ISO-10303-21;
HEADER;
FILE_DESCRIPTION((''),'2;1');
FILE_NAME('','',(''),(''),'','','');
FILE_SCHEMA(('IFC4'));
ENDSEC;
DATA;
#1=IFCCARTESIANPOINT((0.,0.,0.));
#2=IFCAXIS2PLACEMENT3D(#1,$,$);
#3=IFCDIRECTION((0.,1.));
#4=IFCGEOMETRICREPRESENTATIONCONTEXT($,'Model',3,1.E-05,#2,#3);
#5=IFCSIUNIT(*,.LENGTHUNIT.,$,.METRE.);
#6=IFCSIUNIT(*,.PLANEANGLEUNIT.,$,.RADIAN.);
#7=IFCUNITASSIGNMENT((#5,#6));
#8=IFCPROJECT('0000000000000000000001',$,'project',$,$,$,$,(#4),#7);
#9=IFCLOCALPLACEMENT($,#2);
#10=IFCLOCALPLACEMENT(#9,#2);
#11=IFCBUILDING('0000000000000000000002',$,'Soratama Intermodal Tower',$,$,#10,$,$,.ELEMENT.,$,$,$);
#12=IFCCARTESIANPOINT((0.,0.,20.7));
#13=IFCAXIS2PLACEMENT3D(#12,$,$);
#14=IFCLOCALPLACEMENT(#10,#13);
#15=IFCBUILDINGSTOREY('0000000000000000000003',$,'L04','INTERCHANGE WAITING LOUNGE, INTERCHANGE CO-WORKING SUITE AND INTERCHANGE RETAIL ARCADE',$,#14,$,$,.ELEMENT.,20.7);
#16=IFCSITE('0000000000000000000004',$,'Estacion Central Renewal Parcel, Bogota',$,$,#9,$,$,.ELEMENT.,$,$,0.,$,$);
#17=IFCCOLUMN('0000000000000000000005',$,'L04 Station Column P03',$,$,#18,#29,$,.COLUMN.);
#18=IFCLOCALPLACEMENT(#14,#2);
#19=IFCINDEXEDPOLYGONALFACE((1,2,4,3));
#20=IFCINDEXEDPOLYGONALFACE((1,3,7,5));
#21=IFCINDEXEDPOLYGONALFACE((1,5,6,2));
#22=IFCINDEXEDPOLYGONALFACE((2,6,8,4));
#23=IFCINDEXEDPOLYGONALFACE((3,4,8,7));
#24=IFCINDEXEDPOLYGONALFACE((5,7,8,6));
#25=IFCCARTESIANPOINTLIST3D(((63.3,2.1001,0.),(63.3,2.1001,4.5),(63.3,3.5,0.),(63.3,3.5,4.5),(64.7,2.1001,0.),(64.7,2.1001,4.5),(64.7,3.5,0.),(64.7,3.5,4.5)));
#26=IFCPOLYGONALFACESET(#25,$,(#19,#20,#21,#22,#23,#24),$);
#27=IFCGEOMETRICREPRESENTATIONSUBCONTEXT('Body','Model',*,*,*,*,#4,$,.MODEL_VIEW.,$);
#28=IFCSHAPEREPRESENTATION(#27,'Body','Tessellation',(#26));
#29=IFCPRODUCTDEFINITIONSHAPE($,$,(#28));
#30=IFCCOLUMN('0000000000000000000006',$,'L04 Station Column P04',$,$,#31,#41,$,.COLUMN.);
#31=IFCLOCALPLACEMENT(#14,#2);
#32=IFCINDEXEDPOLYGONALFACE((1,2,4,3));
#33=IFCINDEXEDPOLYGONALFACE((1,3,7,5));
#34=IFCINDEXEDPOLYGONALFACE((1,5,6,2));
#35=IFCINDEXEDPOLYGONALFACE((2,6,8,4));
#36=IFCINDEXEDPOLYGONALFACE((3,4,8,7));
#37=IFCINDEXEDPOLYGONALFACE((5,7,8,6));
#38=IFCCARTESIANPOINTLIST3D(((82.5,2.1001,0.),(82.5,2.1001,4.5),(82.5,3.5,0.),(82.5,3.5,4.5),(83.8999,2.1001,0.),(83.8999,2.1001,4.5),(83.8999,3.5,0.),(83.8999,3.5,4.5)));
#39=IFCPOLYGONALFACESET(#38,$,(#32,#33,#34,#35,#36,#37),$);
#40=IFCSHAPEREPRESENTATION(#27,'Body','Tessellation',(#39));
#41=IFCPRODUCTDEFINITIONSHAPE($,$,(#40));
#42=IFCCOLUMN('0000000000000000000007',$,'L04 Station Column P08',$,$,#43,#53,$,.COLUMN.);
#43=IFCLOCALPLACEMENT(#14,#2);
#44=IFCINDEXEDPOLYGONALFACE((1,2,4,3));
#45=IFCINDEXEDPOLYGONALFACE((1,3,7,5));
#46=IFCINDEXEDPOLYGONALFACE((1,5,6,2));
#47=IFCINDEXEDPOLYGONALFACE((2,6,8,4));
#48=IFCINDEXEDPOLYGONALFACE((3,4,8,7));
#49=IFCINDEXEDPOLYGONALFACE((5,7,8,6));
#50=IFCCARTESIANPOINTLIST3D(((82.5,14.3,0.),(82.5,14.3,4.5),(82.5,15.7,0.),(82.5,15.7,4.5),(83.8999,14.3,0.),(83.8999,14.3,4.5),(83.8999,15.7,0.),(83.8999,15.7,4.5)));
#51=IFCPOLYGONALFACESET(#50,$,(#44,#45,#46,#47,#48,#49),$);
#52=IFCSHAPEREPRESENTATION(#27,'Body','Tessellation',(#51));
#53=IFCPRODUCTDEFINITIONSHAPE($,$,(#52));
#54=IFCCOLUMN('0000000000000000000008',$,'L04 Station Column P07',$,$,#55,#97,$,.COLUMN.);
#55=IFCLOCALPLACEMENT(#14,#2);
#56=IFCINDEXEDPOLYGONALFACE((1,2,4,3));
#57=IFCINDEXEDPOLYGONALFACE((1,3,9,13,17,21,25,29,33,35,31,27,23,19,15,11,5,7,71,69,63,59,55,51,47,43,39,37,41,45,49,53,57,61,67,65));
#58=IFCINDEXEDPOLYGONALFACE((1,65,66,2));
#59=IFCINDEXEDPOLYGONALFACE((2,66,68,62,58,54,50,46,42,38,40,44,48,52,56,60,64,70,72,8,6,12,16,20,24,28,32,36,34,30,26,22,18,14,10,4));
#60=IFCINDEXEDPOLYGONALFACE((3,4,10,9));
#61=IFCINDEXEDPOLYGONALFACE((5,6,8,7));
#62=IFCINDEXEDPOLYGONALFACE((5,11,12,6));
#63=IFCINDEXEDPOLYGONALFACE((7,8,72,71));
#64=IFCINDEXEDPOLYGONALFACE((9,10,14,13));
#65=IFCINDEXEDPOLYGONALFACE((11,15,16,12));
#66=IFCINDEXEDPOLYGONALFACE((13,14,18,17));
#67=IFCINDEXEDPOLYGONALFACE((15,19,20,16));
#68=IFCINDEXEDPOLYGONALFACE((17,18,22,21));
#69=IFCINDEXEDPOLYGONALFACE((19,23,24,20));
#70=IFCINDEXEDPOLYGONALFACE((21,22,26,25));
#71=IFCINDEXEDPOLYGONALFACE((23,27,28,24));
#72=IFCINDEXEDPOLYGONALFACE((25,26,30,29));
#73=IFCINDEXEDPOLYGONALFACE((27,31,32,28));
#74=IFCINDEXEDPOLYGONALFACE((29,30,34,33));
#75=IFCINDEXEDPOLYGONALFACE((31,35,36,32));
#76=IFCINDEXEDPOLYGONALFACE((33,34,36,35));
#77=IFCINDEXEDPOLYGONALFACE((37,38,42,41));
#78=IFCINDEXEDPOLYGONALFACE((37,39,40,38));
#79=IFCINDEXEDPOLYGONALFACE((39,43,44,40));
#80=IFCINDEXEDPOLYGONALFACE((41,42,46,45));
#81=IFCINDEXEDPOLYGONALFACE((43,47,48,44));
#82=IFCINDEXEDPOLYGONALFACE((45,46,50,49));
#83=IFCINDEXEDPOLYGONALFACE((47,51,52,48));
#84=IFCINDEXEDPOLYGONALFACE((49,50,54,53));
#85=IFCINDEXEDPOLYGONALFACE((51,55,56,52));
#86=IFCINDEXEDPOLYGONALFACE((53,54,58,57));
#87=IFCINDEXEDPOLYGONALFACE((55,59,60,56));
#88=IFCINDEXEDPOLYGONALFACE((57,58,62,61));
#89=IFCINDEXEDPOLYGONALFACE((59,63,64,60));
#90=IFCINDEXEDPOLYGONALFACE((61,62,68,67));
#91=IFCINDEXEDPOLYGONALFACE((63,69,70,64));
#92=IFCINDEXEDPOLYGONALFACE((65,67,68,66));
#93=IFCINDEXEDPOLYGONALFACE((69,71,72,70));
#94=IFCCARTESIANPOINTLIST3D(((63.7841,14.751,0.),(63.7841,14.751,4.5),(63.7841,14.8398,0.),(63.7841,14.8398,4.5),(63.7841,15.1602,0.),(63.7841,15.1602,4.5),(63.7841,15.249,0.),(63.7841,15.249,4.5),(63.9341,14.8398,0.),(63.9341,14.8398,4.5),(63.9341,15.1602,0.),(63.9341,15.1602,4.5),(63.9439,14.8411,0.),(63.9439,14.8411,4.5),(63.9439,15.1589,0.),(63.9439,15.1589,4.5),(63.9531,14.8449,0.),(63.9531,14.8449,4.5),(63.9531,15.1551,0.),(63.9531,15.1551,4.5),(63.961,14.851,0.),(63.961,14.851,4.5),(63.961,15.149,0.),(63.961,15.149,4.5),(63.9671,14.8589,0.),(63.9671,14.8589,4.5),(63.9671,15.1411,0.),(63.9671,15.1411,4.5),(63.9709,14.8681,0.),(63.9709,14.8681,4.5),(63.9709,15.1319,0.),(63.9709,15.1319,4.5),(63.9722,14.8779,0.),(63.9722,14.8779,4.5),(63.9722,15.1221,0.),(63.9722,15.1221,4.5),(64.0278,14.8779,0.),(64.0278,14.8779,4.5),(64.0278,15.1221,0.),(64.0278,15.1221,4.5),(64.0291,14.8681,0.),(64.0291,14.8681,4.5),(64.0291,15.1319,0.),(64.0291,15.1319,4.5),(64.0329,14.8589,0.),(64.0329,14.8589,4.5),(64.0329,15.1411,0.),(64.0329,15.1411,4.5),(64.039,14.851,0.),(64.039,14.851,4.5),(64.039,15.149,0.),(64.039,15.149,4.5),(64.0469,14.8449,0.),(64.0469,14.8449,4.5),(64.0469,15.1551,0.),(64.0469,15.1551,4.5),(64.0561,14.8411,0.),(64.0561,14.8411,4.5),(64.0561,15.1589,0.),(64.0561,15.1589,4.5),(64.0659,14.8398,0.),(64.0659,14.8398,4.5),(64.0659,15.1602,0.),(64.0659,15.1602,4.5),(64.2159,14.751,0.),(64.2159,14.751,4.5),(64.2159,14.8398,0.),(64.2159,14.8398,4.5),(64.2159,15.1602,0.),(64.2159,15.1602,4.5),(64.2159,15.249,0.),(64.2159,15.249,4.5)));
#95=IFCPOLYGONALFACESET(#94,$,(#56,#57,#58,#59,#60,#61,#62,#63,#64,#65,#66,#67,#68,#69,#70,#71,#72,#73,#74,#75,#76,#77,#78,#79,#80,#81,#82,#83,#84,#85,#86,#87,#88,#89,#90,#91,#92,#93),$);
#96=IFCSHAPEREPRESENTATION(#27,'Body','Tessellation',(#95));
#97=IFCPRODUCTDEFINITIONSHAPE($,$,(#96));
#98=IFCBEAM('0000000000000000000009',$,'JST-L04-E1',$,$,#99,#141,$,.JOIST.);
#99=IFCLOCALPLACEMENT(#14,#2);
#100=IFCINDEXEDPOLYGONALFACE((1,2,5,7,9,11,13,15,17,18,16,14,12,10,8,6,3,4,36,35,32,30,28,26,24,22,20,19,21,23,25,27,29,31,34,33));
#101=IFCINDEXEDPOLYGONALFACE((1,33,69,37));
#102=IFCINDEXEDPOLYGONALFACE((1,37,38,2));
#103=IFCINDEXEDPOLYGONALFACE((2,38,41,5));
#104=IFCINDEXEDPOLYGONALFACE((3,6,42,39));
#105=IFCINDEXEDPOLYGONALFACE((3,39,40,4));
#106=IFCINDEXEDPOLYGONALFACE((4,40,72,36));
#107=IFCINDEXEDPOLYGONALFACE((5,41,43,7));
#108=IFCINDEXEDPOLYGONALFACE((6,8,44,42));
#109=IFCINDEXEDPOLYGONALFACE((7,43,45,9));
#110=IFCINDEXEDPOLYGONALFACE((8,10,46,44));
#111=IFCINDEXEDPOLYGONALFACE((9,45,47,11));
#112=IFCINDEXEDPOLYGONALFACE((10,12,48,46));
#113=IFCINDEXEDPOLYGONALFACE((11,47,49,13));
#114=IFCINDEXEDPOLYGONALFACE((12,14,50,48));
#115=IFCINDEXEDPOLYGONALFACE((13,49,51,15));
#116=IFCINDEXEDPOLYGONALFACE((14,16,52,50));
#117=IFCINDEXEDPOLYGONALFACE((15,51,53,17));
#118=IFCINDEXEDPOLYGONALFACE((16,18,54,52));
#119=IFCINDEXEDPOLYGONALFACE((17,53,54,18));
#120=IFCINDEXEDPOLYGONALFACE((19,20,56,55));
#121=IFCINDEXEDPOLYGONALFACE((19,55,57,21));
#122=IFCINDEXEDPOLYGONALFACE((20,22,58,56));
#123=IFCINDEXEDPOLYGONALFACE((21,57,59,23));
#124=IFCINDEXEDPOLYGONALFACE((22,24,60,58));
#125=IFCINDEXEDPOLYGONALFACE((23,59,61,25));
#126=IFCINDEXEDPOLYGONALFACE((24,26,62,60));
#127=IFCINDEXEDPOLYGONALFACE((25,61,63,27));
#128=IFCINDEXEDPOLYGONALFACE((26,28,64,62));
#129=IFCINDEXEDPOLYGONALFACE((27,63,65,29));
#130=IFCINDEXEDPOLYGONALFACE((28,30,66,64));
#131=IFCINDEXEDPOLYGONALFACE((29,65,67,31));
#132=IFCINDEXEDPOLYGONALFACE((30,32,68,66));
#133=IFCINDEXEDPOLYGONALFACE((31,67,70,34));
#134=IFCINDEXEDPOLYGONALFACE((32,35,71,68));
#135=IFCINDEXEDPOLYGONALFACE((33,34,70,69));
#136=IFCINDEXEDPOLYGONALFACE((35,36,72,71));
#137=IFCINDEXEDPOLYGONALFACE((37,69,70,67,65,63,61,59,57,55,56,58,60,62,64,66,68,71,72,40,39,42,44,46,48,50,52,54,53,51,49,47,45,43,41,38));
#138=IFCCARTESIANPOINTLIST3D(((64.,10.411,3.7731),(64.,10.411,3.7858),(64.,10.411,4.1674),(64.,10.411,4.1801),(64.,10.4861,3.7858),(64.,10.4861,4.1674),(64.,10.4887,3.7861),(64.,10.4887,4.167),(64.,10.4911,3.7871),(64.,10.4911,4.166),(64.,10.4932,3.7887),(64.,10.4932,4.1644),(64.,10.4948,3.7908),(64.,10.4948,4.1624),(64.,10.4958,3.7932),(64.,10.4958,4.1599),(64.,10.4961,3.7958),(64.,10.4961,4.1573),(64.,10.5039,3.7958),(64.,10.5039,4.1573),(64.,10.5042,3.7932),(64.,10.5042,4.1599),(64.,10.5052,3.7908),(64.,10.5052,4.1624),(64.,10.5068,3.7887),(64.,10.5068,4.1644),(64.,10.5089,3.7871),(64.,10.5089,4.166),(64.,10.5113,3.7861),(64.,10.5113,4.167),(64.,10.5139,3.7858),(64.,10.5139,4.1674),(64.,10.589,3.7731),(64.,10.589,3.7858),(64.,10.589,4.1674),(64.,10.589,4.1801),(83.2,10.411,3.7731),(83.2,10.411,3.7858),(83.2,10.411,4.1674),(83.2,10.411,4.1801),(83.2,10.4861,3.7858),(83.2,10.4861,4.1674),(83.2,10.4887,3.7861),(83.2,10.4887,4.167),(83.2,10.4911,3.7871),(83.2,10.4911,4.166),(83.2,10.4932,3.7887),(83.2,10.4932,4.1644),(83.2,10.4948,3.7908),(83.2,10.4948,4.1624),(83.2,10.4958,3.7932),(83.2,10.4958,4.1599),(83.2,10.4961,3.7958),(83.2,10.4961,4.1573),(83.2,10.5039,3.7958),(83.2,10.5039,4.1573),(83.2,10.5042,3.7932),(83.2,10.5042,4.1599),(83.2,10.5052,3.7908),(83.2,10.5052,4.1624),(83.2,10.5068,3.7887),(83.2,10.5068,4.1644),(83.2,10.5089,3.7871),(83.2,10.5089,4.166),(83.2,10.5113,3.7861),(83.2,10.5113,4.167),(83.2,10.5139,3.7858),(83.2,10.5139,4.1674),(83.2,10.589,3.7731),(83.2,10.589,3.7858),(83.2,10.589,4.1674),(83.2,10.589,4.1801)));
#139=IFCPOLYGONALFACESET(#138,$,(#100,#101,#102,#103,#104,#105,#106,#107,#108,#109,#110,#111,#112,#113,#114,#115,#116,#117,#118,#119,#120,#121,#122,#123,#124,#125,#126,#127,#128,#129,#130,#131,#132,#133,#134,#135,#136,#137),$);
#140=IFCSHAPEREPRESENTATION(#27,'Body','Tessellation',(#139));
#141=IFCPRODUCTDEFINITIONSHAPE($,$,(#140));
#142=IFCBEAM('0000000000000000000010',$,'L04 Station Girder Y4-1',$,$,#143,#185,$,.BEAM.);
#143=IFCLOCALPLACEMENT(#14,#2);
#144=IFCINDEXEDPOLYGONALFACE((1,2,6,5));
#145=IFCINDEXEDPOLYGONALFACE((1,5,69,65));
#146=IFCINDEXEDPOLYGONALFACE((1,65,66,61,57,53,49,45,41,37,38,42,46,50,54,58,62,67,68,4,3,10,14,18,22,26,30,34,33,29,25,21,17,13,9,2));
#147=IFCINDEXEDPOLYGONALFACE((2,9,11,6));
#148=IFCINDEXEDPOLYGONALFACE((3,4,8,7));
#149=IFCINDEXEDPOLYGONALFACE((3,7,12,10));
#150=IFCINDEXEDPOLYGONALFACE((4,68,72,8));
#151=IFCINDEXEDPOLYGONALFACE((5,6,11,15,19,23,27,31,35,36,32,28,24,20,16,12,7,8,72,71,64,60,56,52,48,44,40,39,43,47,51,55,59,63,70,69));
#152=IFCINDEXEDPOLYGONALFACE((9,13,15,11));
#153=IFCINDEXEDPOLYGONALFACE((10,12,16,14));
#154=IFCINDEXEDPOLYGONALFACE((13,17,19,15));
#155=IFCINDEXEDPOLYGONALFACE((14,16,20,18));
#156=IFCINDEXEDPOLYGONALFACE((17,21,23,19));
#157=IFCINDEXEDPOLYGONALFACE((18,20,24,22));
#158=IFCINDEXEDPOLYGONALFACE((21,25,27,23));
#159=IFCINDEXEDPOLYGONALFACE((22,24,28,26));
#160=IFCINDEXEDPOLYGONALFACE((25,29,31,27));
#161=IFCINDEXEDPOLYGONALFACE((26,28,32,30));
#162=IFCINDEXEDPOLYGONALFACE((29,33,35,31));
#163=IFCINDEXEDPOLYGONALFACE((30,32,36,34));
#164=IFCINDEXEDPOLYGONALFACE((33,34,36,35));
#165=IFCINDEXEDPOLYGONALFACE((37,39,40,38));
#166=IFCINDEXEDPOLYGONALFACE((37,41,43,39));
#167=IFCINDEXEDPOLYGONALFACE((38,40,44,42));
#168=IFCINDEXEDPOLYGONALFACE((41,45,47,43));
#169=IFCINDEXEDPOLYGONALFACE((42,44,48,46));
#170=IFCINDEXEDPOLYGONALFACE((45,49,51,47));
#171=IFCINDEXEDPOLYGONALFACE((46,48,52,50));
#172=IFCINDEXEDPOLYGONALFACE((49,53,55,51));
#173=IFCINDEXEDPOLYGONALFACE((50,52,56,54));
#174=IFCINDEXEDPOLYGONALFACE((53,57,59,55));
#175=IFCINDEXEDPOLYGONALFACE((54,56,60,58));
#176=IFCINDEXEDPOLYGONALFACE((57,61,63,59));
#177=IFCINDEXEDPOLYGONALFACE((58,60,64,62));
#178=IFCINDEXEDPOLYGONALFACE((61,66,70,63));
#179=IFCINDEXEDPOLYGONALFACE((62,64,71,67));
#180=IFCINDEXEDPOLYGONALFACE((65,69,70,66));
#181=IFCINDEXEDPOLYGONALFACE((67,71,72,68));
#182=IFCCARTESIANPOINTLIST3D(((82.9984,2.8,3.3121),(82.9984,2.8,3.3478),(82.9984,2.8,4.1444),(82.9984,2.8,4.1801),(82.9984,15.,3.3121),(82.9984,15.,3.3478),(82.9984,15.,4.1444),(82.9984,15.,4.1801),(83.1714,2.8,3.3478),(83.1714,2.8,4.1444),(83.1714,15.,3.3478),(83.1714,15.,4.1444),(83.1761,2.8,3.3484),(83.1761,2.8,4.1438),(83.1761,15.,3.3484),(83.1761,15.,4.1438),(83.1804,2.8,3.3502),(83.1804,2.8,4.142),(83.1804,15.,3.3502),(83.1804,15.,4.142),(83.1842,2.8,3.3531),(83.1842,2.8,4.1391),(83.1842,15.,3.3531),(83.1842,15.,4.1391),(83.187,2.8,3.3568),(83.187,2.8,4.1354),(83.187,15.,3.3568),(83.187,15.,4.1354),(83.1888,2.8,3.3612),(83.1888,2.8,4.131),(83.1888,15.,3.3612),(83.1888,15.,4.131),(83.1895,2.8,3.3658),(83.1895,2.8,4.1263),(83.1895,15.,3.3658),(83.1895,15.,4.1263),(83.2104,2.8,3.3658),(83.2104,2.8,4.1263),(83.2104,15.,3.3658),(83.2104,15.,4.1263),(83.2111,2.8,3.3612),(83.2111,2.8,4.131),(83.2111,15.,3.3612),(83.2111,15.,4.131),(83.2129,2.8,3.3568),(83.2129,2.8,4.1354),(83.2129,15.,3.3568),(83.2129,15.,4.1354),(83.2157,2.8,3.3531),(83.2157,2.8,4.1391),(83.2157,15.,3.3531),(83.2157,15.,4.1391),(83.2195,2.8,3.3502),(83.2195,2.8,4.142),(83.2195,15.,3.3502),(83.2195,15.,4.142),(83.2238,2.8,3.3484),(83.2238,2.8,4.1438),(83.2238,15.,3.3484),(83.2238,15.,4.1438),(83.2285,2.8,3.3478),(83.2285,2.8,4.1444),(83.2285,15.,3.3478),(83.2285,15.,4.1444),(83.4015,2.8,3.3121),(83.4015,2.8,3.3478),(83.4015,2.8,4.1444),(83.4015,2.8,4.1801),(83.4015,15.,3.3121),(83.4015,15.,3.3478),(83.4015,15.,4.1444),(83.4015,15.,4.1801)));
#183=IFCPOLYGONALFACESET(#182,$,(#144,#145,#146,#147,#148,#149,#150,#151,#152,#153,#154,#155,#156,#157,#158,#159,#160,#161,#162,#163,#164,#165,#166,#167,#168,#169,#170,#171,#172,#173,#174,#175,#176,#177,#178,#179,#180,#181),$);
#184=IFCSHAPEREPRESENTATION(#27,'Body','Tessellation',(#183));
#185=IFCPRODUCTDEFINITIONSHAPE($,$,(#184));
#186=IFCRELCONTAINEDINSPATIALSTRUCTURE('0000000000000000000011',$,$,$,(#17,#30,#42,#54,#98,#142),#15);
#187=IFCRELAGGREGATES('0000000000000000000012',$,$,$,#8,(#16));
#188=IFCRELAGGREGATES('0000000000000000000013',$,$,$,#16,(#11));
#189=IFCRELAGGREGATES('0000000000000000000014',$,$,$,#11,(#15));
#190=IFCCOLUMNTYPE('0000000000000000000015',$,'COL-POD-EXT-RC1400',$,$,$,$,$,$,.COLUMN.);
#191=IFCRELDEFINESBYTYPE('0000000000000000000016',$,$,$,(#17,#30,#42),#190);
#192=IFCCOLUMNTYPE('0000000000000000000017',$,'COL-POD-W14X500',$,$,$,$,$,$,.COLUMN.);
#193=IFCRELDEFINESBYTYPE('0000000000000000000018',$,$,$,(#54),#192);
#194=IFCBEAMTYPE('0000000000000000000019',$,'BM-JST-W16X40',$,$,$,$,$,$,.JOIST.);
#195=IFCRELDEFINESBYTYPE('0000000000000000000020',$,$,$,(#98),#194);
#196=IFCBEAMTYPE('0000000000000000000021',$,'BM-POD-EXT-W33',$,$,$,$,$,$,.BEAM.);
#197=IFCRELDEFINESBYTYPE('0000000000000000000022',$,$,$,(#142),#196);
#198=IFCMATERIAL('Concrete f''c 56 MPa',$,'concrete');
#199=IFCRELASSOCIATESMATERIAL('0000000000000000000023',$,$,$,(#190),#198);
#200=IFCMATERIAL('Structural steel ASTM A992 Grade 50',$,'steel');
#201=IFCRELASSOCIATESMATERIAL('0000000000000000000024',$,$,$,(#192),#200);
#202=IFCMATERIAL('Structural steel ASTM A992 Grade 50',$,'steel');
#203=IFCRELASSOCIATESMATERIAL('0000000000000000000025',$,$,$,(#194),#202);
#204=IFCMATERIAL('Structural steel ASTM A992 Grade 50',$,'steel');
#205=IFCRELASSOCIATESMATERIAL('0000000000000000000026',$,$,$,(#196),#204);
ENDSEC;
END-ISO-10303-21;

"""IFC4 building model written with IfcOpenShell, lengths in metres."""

from ifc_helpers import new_model, si_unit, direction, frame, origin, origin_2d, place, context, subcontext, project, spatial, rectangle, i_section, extrude, material, material_profile, profile_set, type_object, element, save


model = new_model("IFC4")

# Units and contexts
model_context = context("Model", 3, precision=1e-05, world=origin(), true_north=direction((0.0, 1.0)))
body_context = subcontext(model_context, "Body", "Model", "MODEL_VIEW")
ifc_project = project(units=[si_unit("LENGTHUNIT", "METRE"), si_unit("PLANEANGLEUNIT", "RADIAN")], contexts=[model_context])

# Site, building, storey
site_placement = place(None, origin())
site = spatial("IfcSite", under=ifc_project, at=site_placement, Name="Estacion Central Renewal Parcel, Bogota", CompositionType="ELEMENT", RefElevation=0.0)
building_placement = place(site_placement, origin())
building = spatial("IfcBuilding", under=site, at=building_placement, Name="Soratama Intermodal Tower", CompositionType="ELEMENT")
storey_placement = place(building_placement, frame((0.0, 0.0, 20.7)))
storey = spatial("IfcBuildingStorey", under=building, at=storey_placement, Name="L04", Description="INTERCHANGE WAITING LOUNGE, INTERCHANGE CO-WORKING SUITE AND INTERCHANGE RETAIL ARCADE", CompositionType="ELEMENT", Elevation=20.7)

# Columns
ifc_material_1 = material(Name="Concrete f'c 56 MPa", Category="concrete")
ifc_material_profile_1 = material_profile(ifc_material_1, rectangle(XDim=1.3999, YDim=1.3999, at=origin_2d()), Name="RC1400X1400")
ifc_profile_set_1 = profile_set([ifc_material_profile_1], Name="Concrete f'c 56 MPa")
column_type_1 = type_object("IfcColumnType", Name="COL-POD-EXT-RC1400", PredefinedType="COLUMN", material=ifc_profile_set_1)
for number, where, z_axis, x_axis, name in (
    (1, (64.0, 2.8, 0.0), (0.0, 0.0, 1.0), (1.0, 0.0, 0.0), "L04 Station Column P03"),
    (2, (83.2, 2.8, 0.0), (0.0, 0.0, 1.0), (1.0, 0.0, 0.0), "L04 Station Column P04"),
    (3, (83.2, 15.0, 0.0), (0.0, 0.0, 1.0), (1.0, 0.0, 0.0), "L04 Station Column P08"),
):
    element("IfcColumn", number, at=place(storey_placement, frame(where, z_axis=z_axis, x_axis=x_axis)), inside=storey, type_object=column_type_1, Name=name, PredefinedType="COLUMN", context=body_context, shape_type="SweptSolid", body=[
        extrude(rectangle(XDim=1.3999, YDim=1.3999, at=origin_2d()), origin(), (0.0, 0.0, 1.0), 4.5),
    ])
ifc_material_2 = material(Name="Structural steel ASTM A992 Grade 50", Category="steel")
ifc_material_profile_2 = material_profile(ifc_material_2, i_section(OverallWidth=0.4319, OverallDepth=0.498, WebThickness=0.0557, FlangeThickness=0.0889, FilletRadius=0.0381, at=origin_2d()), Name="W14X500")
ifc_profile_set_2 = profile_set([ifc_material_profile_2], Name="Structural steel ASTM A992 Grade 50")
column_type_2 = type_object("IfcColumnType", Name="COL-POD-W14X500", PredefinedType="COLUMN", material=ifc_profile_set_2)
column_placement = place(storey_placement, frame((64.0, 15.0, 0.0), z_axis=(0.0, 0.0, 1.0), x_axis=(1.0, 0.0, 0.0)))
element("IfcColumn", 4, at=column_placement, inside=storey, type_object=column_type_2, Name="L04 Station Column P07", PredefinedType="COLUMN", context=body_context, shape_type="SweptSolid", body=[
    extrude(i_section(OverallWidth=0.4319, OverallDepth=0.498, WebThickness=0.0557, FlangeThickness=0.0889, FilletRadius=0.0381, at=origin_2d()), origin(), (0.0, 0.0, 1.0), 4.5),
])

# Beams
ifc_material_3 = material(Name="Structural steel ASTM A992 Grade 50", Category="steel")
ifc_material_profile_3 = material_profile(ifc_material_3, i_section(OverallWidth=0.178, OverallDepth=0.407, WebThickness=0.0078, FlangeThickness=0.0127, FilletRadius=0.01, at=origin_2d()), Name="W16X40")
ifc_profile_set_3 = profile_set([ifc_material_profile_3], Name="Structural steel ASTM A992 Grade 50")
beam_type_1 = type_object("IfcBeamType", Name="BM-JST-W16X40", PredefinedType="JOIST", material=ifc_profile_set_3)
beam_1_placement = place(storey_placement, frame((64.0, 10.5, 3.9766), z_axis=(1.0, 0.0, 0.0), x_axis=(0.0, 1.0, 0.0)))
element("IfcBeam", 5, at=beam_1_placement, inside=storey, type_object=beam_type_1, Name="JST-L04-E1", PredefinedType="JOIST", context=body_context, shape_type="SweptSolid", body=[
    extrude(i_section(OverallWidth=0.178, OverallDepth=0.407, WebThickness=0.0078, FlangeThickness=0.0127, FilletRadius=0.01, at=origin_2d()), origin(), (0.0, 0.0, 1.0), 19.2),
])
ifc_material_4 = material(Name="Structural steel ASTM A992 Grade 50", Category="steel")
ifc_material_profile_4 = material_profile(ifc_material_4, i_section(OverallWidth=0.4031, OverallDepth=0.8679, WebThickness=0.021, FlangeThickness=0.0356, FilletRadius=0.0181, at=origin_2d()), Name="W33X241")
ifc_profile_set_4 = profile_set([ifc_material_profile_4], Name="Structural steel ASTM A992 Grade 50")
beam_type_2 = type_object("IfcBeamType", Name="BM-POD-EXT-W33", PredefinedType="BEAM", material=ifc_profile_set_4)
beam_2_placement = place(storey_placement, frame((83.2, 2.8, 3.7461), z_axis=(0.0, 1.0, 0.0), x_axis=(-1.0, 0.0, 0.0)))
element("IfcBeam", 6, at=beam_2_placement, inside=storey, type_object=beam_type_2, Name="L04 Station Girder Y4-1", PredefinedType="BEAM", context=body_context, shape_type="SweptSolid", body=[
    extrude(i_section(OverallWidth=0.4031, OverallDepth=0.8679, WebThickness=0.021, FlangeThickness=0.0356, FilletRadius=0.0181, at=origin_2d()), origin(), (0.0, 0.0, 1.0), 12.2),
])

save(model, "model.ifc")
